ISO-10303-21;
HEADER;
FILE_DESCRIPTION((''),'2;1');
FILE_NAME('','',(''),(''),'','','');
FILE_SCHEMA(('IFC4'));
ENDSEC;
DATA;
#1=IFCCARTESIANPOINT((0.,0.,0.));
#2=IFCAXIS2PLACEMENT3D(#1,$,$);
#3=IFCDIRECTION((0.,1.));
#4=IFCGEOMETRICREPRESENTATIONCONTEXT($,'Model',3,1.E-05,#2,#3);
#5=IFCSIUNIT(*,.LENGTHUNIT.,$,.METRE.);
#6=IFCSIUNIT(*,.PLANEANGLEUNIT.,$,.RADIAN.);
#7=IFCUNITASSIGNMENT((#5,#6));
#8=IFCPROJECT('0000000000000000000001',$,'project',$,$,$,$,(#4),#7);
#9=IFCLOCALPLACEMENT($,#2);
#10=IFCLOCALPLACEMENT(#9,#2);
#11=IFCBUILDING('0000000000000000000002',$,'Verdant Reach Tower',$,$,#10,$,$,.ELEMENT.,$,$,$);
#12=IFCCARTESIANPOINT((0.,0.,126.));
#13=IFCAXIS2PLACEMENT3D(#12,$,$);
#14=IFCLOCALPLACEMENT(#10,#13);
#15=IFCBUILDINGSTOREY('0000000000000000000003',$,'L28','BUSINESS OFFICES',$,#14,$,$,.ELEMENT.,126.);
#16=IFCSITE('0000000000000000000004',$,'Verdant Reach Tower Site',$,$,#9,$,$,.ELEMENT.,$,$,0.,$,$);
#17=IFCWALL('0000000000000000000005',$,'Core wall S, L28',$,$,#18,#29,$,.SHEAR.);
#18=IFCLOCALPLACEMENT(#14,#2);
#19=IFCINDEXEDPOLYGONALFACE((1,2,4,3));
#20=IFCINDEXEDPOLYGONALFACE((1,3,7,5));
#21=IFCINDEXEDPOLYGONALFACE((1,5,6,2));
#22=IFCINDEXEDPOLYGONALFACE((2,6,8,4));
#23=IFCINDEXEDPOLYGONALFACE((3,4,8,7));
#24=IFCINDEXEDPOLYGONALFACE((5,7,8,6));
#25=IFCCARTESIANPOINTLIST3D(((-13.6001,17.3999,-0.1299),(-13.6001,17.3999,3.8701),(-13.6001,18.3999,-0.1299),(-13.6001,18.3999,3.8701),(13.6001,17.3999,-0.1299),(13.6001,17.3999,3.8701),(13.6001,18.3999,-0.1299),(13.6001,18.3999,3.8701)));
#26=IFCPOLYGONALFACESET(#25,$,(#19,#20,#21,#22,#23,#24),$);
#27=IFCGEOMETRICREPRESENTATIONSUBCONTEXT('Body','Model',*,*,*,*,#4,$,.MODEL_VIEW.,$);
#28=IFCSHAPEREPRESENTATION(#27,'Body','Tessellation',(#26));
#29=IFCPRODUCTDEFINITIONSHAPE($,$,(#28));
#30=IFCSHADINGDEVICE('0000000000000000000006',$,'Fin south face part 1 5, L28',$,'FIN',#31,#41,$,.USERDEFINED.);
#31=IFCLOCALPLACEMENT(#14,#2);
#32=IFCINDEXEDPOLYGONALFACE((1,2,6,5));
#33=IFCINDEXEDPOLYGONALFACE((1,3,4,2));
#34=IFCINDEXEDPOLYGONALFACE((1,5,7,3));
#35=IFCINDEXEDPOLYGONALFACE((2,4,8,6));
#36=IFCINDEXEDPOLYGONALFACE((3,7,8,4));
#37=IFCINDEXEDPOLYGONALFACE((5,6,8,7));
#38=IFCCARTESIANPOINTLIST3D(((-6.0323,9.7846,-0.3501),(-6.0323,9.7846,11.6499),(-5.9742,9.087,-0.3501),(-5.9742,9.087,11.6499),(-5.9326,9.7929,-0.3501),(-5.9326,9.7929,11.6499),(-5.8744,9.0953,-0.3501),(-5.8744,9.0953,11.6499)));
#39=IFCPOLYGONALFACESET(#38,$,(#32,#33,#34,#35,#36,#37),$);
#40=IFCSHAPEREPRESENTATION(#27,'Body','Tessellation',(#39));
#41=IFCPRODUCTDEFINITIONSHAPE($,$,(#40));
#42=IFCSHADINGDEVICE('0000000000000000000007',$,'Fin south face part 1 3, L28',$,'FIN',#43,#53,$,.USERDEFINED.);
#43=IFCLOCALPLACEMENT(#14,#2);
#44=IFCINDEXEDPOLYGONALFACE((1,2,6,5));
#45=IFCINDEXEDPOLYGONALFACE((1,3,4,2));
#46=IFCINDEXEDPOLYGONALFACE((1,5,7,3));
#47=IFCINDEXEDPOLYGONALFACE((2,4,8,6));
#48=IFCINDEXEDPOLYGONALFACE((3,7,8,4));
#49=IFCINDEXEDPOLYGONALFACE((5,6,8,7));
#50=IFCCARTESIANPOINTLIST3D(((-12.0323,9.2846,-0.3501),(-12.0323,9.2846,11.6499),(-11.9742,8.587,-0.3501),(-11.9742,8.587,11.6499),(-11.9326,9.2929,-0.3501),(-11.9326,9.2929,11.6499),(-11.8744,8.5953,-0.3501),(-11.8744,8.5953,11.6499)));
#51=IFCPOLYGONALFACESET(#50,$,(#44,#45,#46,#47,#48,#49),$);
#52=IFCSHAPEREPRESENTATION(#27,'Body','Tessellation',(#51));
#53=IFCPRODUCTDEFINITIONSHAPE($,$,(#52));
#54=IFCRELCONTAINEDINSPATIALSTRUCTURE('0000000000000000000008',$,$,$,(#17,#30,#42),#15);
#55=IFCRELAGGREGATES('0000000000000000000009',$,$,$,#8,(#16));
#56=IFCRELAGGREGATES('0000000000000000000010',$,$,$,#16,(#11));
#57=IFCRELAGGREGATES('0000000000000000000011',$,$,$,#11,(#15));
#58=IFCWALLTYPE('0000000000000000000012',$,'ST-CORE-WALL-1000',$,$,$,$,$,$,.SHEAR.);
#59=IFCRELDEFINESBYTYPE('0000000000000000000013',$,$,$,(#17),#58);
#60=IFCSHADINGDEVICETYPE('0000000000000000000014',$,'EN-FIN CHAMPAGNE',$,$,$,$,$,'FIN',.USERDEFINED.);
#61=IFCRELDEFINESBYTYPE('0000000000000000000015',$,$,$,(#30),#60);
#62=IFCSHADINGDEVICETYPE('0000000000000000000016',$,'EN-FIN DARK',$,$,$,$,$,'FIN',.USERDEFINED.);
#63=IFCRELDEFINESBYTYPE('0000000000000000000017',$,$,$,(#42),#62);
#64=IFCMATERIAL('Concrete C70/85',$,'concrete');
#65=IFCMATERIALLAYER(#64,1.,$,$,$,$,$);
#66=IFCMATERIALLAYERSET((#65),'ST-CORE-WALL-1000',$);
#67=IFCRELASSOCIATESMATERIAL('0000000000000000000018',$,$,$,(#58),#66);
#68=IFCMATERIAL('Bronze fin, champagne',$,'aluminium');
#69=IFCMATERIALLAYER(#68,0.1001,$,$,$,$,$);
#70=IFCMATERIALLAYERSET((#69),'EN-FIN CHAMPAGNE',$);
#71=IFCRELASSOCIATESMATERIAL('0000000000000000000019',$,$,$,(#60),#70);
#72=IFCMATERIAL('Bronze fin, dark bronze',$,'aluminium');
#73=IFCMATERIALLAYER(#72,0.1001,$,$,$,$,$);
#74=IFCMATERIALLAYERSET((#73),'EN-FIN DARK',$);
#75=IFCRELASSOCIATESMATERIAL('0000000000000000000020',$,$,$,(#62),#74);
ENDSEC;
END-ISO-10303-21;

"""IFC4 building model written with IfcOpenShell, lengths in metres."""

from ifc_helpers import new_model, si_unit, direction, frame, frame_2d, origin, origin_2d, place, context, subcontext, project, spatial, rectangle, extrude, material, layer, layer_set, type_object, element, save


model = new_model("IFC4")

# Units and contexts
model_context = context("Model", 3, precision=1e-05, world=origin(), true_north=direction((0.0, 1.0)))
body_context = subcontext(model_context, "Body", "Model", "MODEL_VIEW")
ifc_project = project(units=[si_unit("LENGTHUNIT", "METRE"), si_unit("PLANEANGLEUNIT", "RADIAN")], contexts=[model_context])

# Site, building, storey
site_placement = place(None, origin())
site = spatial("IfcSite", under=ifc_project, at=site_placement, Name="Verdant Reach Tower Site", CompositionType="ELEMENT", RefElevation=0.0)
building_placement = place(site_placement, origin())
building = spatial("IfcBuilding", under=site, at=building_placement, Name="Verdant Reach Tower", CompositionType="ELEMENT")
storey_placement = place(building_placement, frame((0.0, 0.0, 126.0)))
storey = spatial("IfcBuildingStorey", under=building, at=storey_placement, Name="L28", Description="BUSINESS OFFICES", CompositionType="ELEMENT", Elevation=126.0)

# Wall
ifc_material_1 = material(Name="Concrete C70/85", Category="concrete")
ifc_layer_1 = layer(ifc_material_1, 1.0)
ifc_layer_set_1 = layer_set([ifc_layer_1], Name="ST-CORE-WALL-1000")
wall_type_1 = type_object("IfcWallType", Name="ST-CORE-WALL-1000", PredefinedType="SHEAR", material=ifc_layer_set_1)
wall_1_placement = place(storey_placement, frame((-13.6001, 17.8999, -0.1299), z_axis=(0.0, 0.0, 1.0), x_axis=(1.0, 0.0, 0.0)))
element("IfcWall", 1, at=wall_1_placement, inside=storey, type_object=wall_type_1, Name="Core wall S, L28", PredefinedType="SHEAR", context=body_context, shape_type="SweptSolid", body=[
    extrude(rectangle(XDim=27.2002, YDim=1.0, at=frame_2d((13.6001, 0.0))), origin(), (0.0, 0.0, 1.0), 4.0),
])

# Shading devices
ifc_material_2 = material(Name="Bronze fin, champagne", Category="aluminium")
ifc_layer_2 = layer(ifc_material_2, 0.1001)
ifc_layer_set_2 = layer_set([ifc_layer_2], Name="EN-FIN CHAMPAGNE")
shading_device_type_1 = type_object("IfcShadingDeviceType", Name="EN-FIN CHAMPAGNE", ElementType="FIN", PredefinedType="USERDEFINED", material=ifc_layer_set_2)
shading_device_1_placement = place(storey_placement, frame((-5.9534, 9.4399, -0.3501), z_axis=(0.0, 0.0, 1.0), x_axis=(0.996546, 0.083045, 0.0)))
element("IfcShadingDevice", 2, at=shading_device_1_placement, inside=storey, type_object=shading_device_type_1, Name="Fin south face part 1 5, L28", ObjectType="FIN", PredefinedType="USERDEFINED", context=body_context, shape_type="SweptSolid", body=[
    extrude(rectangle(XDim=0.1001, YDim=0.7, at=origin_2d()), origin(), (0.0, 0.0, 1.0), 12.0),
])
ifc_material_3 = material(Name="Bronze fin, dark bronze", Category="aluminium")
ifc_layer_3 = layer(ifc_material_3, 0.1001)
ifc_layer_set_3 = layer_set([ifc_layer_3], Name="EN-FIN DARK")
shading_device_type_2 = type_object("IfcShadingDeviceType", Name="EN-FIN DARK", ElementType="FIN", PredefinedType="USERDEFINED", material=ifc_layer_set_3)
shading_device_2_placement = place(storey_placement, frame((-11.9534, 8.9399, -0.3501), z_axis=(0.0, 0.0, 1.0), x_axis=(0.996546, 0.083045, 0.0)))
element("IfcShadingDevice", 3, at=shading_device_2_placement, inside=storey, type_object=shading_device_type_2, Name="Fin south face part 1 3, L28", ObjectType="FIN", PredefinedType="USERDEFINED", context=body_context, shape_type="SweptSolid", body=[
    extrude(rectangle(XDim=0.1001, YDim=0.7, at=origin_2d()), origin(), (0.0, 0.0, 1.0), 12.0),
])

save(model, "model.ifc")
